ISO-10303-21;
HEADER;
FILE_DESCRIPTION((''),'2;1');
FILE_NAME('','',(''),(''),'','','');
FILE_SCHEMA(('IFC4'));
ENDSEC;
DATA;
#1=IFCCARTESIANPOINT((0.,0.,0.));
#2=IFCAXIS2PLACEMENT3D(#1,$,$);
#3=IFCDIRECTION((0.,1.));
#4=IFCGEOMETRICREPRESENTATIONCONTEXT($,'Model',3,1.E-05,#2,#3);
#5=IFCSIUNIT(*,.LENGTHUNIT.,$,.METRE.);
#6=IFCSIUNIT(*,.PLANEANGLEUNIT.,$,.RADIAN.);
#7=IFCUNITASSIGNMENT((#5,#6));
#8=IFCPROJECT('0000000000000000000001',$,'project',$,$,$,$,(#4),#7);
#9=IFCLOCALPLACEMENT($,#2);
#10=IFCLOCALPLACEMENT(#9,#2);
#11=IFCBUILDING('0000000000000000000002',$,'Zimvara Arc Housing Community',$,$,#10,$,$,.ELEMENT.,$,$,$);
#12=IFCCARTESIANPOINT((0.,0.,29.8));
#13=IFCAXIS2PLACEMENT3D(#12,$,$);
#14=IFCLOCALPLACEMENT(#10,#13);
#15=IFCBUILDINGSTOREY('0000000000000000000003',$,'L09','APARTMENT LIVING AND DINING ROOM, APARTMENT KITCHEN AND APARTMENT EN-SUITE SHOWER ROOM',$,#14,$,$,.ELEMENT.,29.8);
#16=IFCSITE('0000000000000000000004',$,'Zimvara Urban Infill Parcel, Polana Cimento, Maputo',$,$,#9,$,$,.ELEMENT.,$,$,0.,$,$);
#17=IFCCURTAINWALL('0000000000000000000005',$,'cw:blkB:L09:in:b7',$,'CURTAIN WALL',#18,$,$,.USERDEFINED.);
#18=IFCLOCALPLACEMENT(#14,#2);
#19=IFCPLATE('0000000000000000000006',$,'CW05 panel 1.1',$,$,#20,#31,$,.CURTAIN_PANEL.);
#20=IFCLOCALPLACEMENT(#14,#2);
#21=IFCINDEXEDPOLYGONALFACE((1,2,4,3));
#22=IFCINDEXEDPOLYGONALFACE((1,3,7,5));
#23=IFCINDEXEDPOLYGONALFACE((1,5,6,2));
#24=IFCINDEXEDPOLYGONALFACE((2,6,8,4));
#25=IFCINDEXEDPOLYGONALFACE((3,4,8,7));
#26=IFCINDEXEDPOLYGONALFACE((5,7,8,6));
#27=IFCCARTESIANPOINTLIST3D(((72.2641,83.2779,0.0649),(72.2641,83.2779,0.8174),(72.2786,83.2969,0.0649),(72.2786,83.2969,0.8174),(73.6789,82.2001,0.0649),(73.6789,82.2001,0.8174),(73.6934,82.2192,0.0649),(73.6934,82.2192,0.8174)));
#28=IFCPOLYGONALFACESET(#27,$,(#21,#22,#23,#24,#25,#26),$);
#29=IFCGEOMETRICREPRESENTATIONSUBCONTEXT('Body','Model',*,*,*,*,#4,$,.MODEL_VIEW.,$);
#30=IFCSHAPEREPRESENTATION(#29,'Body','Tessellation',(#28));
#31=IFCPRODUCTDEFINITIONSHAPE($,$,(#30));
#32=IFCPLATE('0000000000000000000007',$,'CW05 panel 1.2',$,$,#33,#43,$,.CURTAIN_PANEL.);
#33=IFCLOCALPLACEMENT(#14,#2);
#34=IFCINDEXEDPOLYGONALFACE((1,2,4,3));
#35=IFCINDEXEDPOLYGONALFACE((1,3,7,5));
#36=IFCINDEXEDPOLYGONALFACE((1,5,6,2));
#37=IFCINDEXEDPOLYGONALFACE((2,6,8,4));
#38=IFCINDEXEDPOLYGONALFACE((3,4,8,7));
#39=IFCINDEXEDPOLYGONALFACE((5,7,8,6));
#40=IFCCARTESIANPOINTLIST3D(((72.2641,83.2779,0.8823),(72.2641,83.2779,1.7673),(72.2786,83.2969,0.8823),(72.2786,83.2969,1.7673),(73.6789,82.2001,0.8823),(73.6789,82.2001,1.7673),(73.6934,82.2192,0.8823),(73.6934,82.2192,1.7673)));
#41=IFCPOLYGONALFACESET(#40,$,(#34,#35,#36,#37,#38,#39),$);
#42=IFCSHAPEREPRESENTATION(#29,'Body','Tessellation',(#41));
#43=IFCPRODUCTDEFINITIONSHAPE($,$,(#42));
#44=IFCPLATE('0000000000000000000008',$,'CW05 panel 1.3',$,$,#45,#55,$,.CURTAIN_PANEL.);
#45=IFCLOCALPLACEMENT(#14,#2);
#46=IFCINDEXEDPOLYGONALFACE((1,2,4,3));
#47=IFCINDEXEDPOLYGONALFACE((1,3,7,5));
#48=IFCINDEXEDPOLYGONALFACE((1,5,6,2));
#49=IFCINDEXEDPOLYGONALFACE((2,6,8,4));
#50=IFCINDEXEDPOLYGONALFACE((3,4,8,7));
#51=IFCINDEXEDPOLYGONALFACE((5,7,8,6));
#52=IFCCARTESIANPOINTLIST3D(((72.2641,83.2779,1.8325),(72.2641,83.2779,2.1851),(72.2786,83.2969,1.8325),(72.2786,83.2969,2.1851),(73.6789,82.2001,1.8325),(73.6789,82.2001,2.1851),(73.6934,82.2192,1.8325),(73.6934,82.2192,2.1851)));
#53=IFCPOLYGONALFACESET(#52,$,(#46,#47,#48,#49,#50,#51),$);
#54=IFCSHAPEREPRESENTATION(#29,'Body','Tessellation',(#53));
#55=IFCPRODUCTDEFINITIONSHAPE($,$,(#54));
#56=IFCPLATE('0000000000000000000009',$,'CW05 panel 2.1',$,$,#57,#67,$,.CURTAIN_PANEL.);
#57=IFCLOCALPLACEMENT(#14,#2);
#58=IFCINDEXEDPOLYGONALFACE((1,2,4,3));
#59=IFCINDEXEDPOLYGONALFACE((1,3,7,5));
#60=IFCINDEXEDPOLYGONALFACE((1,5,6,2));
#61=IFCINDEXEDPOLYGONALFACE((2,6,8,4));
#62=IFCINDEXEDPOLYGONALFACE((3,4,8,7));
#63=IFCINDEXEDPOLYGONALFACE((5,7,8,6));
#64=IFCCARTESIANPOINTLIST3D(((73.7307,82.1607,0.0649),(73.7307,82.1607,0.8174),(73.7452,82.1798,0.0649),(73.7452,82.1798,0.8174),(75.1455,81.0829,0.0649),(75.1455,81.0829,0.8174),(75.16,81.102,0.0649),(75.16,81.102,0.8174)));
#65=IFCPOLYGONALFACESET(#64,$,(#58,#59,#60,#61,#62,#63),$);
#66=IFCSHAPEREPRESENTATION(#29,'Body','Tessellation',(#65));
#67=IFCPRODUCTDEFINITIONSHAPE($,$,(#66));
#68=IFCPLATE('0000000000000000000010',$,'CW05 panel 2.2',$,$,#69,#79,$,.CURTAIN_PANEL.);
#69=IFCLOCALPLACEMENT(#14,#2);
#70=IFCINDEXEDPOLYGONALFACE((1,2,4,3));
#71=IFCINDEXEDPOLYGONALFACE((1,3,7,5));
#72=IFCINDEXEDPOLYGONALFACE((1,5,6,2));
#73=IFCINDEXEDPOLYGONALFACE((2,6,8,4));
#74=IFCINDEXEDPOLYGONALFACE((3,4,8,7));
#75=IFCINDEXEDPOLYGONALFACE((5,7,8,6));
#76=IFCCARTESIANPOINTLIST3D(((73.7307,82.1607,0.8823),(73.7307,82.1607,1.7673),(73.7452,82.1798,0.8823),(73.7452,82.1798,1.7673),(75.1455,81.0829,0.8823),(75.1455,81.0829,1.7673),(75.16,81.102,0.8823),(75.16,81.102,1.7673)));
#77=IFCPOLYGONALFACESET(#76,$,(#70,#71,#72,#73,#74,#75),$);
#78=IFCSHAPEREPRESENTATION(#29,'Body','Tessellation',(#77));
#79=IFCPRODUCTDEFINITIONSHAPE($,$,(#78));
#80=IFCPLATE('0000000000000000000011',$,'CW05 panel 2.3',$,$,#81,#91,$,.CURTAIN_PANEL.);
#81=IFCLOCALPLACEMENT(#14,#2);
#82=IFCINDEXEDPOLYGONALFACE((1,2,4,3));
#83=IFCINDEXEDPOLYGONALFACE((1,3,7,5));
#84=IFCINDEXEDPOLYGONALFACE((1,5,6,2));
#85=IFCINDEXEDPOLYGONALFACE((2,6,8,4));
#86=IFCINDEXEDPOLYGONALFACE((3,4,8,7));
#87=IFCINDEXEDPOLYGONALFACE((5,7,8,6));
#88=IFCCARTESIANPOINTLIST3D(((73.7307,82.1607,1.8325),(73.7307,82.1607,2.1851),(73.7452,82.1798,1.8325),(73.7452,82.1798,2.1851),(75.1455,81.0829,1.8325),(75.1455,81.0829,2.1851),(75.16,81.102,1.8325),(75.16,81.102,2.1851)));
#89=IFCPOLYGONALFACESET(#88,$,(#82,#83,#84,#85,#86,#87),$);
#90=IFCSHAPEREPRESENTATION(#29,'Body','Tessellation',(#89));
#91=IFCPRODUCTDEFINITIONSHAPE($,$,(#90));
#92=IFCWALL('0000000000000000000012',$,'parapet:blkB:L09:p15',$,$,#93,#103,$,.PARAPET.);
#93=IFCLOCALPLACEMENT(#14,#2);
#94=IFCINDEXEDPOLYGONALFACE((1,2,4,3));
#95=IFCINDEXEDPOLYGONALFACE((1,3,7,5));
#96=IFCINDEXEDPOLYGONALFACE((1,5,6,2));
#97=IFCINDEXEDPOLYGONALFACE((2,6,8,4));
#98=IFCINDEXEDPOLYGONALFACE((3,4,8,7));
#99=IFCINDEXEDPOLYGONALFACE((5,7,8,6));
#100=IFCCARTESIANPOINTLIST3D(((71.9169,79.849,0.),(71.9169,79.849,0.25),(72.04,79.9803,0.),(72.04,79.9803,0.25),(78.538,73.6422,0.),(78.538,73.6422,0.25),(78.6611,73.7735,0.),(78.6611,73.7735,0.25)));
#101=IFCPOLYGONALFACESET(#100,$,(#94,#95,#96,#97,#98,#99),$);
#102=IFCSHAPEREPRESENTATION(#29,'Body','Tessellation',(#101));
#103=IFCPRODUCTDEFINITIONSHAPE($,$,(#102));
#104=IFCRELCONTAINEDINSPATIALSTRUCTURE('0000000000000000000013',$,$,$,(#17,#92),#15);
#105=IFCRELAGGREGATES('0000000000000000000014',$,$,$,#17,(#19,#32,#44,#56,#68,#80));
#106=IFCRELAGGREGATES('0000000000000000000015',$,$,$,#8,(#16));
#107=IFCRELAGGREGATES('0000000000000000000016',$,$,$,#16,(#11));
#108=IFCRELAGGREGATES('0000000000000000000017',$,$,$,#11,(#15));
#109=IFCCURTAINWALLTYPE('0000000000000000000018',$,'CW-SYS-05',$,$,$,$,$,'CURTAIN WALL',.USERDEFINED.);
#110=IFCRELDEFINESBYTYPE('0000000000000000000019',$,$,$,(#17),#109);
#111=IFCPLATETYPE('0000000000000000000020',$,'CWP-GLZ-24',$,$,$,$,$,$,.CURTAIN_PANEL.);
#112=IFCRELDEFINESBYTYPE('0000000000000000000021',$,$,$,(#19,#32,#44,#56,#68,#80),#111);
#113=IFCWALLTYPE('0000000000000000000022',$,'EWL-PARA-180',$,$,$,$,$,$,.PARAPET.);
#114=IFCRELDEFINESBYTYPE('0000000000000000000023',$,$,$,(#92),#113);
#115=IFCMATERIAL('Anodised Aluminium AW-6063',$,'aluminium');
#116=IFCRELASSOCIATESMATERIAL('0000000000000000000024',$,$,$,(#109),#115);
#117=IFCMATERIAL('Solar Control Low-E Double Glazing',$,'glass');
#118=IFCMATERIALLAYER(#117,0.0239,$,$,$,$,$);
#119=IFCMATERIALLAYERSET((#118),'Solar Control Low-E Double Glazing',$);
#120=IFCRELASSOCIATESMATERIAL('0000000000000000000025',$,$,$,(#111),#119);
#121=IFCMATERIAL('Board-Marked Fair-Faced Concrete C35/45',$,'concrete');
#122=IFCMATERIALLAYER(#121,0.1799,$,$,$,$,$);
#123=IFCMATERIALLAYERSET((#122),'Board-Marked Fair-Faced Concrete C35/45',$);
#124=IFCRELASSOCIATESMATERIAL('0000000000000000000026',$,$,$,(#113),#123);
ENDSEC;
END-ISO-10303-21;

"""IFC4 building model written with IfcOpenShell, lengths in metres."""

from ifc_helpers import new_model, si_unit, direction, frame, frame_2d, origin, origin_2d, place, context, subcontext, project, spatial, rectangle, extrude, material, layer, layer_set, type_object, element, aggregate, save


model = new_model("IFC4")

# Units and contexts
model_context = context("Model", 3, precision=1e-05, world=origin(), true_north=direction((0.0, 1.0)))
body_context = subcontext(model_context, "Body", "Model", "MODEL_VIEW")
ifc_project = project(units=[si_unit("LENGTHUNIT", "METRE"), si_unit("PLANEANGLEUNIT", "RADIAN")], contexts=[model_context])

# Site, building, storey
site_placement = place(None, origin())
site = spatial("IfcSite", under=ifc_project, at=site_placement, Name="Zimvara Urban Infill Parcel, Polana Cimento, Maputo", CompositionType="ELEMENT", RefElevation=0.0)
building_placement = place(site_placement, origin())
building = spatial("IfcBuilding", under=site, at=building_placement, Name="Zimvara Arc Housing Community", CompositionType="ELEMENT")
storey_placement = place(building_placement, frame((0.0, 0.0, 29.8)))
storey = spatial("IfcBuildingStorey", under=building, at=storey_placement, Name="L09", Description="APARTMENT LIVING AND DINING ROOM, APARTMENT KITCHEN AND APARTMENT EN-SUITE SHOWER ROOM", CompositionType="ELEMENT", Elevation=29.8)

# Curtain wall, plates
ifc_material_1 = material(Name="Anodised Aluminium AW-6063", Category="aluminium")
curtain_wall_type = type_object("IfcCurtainWallType", Name="CW-SYS-05", ElementType="CURTAIN WALL", PredefinedType="USERDEFINED", material=ifc_material_1)
curtain_wall_placement = place(storey_placement, origin())
curtain_wall = element("IfcCurtainWall", 1, at=curtain_wall_placement, inside=storey, type_object=curtain_wall_type, Name="cw:blkB:L09:in:b7", ObjectType="CURTAIN WALL", PredefinedType="USERDEFINED")
ifc_material_2 = material(Name="Solar Control Low-E Double Glazing", Category="glass")
ifc_layer_1 = layer(ifc_material_2, 0.0239)
ifc_layer_set_1 = layer_set([ifc_layer_1], Name="Solar Control Low-E Double Glazing")
plate_type = type_object("IfcPlateType", Name="CWP-GLZ-24", PredefinedType="CURTAIN_PANEL", material=ifc_layer_set_1)
plate_1_placement = place(storey_placement, frame((72.9788, 82.7485, 0.0649), z_axis=(0.0, 0.0, 1.0), x_axis=(0.795474, -0.605988, 0.0)))
plate_1 = element("IfcPlate", 2, at=plate_1_placement, type_object=plate_type, Name="CW05 panel 1.1", PredefinedType="CURTAIN_PANEL", context=body_context, shape_type="SweptSolid", body=[
    extrude(rectangle(XDim=1.7786, YDim=0.0239, at=origin_2d()), origin(), (0.0, 0.0, 1.0), 0.7524),
])
plate_2_placement = place(storey_placement, frame((72.9788, 82.7485, 0.8823), z_axis=(0.0, 0.0, 1.0), x_axis=(0.795474, -0.605988, 0.0)))
plate_2 = element("IfcPlate", 3, at=plate_2_placement, type_object=plate_type, Name="CW05 panel 1.2", PredefinedType="CURTAIN_PANEL", context=body_context, shape_type="SweptSolid", body=[
    extrude(rectangle(XDim=1.7786, YDim=0.0239, at=origin_2d()), origin(), (0.0, 0.0, 1.0), 0.885),
])
plate_3_placement = place(storey_placement, frame((72.9788, 82.7485, 1.8325), z_axis=(0.0, 0.0, 1.0), x_axis=(0.795474, -0.605988, 0.0)))
plate_3 = element("IfcPlate", 4, at=plate_3_placement, type_object=plate_type, Name="CW05 panel 1.3", PredefinedType="CURTAIN_PANEL", context=body_context, shape_type="SweptSolid", body=[
    extrude(rectangle(XDim=1.7786, YDim=0.0239, at=origin_2d()), origin(), (0.0, 0.0, 1.0), 0.3525),
])
plate_4_placement = place(storey_placement, frame((74.4453, 81.6313, 0.0649), z_axis=(0.0, 0.0, 1.0), x_axis=(0.795474, -0.605988, 0.0)))
plate_4 = element("IfcPlate", 5, at=plate_4_placement, type_object=plate_type, Name="CW05 panel 2.1", PredefinedType="CURTAIN_PANEL", context=body_context, shape_type="SweptSolid", body=[
    extrude(rectangle(XDim=1.7786, YDim=0.0239, at=origin_2d()), origin(), (0.0, 0.0, 1.0), 0.7524),
])
plate_5_placement = place(storey_placement, frame((74.4453, 81.6313, 0.8823), z_axis=(0.0, 0.0, 1.0), x_axis=(0.795474, -0.605988, 0.0)))
plate_5 = element("IfcPlate", 6, at=plate_5_placement, type_object=plate_type, Name="CW05 panel 2.2", PredefinedType="CURTAIN_PANEL", context=body_context, shape_type="SweptSolid", body=[
    extrude(rectangle(XDim=1.7786, YDim=0.0239, at=origin_2d()), origin(), (0.0, 0.0, 1.0), 0.885),
])
plate_6_placement = place(storey_placement, frame((74.4453, 81.6313, 1.8325), z_axis=(0.0, 0.0, 1.0), x_axis=(0.795474, -0.605988, 0.0)))
plate_6 = element("IfcPlate", 7, at=plate_6_placement, type_object=plate_type, Name="CW05 panel 2.3", PredefinedType="CURTAIN_PANEL", context=body_context, shape_type="SweptSolid", body=[
    extrude(rectangle(XDim=1.7786, YDim=0.0239, at=origin_2d()), origin(), (0.0, 0.0, 1.0), 0.3525),
])
aggregate(curtain_wall, [plate_1, plate_2, plate_3, plate_4, plate_5, plate_6])

# Wall
ifc_material_3 = material(Name="Board-Marked Fair-Faced Concrete C35/45", Category="concrete")
ifc_layer_2 = layer(ifc_material_3, 0.1799)
ifc_layer_set_2 = layer_set([ifc_layer_2], Name="Board-Marked Fair-Faced Concrete C35/45")
wall_type = type_object("IfcWallType", Name="EWL-PARA-180", PredefinedType="PARAPET", material=ifc_layer_set_2)
wall_placement = place(storey_placement, frame((71.9785, 79.9146, 0.0), z_axis=(0.0, 0.0, 1.0), x_axis=(0.729564, -0.683912, 0.0)))
element("IfcWall", 8, at=wall_placement, inside=storey, type_object=wall_type, Name="parapet:blkB:L09:p15", PredefinedType="PARAPET", context=body_context, shape_type="SweptSolid", body=[
    extrude(rectangle(XDim=9.0754, YDim=0.1799, at=frame_2d((4.5376, 0.0))), origin(), (0.0, 0.0, 1.0), 0.25),
])

save(model, "model.ifc")
